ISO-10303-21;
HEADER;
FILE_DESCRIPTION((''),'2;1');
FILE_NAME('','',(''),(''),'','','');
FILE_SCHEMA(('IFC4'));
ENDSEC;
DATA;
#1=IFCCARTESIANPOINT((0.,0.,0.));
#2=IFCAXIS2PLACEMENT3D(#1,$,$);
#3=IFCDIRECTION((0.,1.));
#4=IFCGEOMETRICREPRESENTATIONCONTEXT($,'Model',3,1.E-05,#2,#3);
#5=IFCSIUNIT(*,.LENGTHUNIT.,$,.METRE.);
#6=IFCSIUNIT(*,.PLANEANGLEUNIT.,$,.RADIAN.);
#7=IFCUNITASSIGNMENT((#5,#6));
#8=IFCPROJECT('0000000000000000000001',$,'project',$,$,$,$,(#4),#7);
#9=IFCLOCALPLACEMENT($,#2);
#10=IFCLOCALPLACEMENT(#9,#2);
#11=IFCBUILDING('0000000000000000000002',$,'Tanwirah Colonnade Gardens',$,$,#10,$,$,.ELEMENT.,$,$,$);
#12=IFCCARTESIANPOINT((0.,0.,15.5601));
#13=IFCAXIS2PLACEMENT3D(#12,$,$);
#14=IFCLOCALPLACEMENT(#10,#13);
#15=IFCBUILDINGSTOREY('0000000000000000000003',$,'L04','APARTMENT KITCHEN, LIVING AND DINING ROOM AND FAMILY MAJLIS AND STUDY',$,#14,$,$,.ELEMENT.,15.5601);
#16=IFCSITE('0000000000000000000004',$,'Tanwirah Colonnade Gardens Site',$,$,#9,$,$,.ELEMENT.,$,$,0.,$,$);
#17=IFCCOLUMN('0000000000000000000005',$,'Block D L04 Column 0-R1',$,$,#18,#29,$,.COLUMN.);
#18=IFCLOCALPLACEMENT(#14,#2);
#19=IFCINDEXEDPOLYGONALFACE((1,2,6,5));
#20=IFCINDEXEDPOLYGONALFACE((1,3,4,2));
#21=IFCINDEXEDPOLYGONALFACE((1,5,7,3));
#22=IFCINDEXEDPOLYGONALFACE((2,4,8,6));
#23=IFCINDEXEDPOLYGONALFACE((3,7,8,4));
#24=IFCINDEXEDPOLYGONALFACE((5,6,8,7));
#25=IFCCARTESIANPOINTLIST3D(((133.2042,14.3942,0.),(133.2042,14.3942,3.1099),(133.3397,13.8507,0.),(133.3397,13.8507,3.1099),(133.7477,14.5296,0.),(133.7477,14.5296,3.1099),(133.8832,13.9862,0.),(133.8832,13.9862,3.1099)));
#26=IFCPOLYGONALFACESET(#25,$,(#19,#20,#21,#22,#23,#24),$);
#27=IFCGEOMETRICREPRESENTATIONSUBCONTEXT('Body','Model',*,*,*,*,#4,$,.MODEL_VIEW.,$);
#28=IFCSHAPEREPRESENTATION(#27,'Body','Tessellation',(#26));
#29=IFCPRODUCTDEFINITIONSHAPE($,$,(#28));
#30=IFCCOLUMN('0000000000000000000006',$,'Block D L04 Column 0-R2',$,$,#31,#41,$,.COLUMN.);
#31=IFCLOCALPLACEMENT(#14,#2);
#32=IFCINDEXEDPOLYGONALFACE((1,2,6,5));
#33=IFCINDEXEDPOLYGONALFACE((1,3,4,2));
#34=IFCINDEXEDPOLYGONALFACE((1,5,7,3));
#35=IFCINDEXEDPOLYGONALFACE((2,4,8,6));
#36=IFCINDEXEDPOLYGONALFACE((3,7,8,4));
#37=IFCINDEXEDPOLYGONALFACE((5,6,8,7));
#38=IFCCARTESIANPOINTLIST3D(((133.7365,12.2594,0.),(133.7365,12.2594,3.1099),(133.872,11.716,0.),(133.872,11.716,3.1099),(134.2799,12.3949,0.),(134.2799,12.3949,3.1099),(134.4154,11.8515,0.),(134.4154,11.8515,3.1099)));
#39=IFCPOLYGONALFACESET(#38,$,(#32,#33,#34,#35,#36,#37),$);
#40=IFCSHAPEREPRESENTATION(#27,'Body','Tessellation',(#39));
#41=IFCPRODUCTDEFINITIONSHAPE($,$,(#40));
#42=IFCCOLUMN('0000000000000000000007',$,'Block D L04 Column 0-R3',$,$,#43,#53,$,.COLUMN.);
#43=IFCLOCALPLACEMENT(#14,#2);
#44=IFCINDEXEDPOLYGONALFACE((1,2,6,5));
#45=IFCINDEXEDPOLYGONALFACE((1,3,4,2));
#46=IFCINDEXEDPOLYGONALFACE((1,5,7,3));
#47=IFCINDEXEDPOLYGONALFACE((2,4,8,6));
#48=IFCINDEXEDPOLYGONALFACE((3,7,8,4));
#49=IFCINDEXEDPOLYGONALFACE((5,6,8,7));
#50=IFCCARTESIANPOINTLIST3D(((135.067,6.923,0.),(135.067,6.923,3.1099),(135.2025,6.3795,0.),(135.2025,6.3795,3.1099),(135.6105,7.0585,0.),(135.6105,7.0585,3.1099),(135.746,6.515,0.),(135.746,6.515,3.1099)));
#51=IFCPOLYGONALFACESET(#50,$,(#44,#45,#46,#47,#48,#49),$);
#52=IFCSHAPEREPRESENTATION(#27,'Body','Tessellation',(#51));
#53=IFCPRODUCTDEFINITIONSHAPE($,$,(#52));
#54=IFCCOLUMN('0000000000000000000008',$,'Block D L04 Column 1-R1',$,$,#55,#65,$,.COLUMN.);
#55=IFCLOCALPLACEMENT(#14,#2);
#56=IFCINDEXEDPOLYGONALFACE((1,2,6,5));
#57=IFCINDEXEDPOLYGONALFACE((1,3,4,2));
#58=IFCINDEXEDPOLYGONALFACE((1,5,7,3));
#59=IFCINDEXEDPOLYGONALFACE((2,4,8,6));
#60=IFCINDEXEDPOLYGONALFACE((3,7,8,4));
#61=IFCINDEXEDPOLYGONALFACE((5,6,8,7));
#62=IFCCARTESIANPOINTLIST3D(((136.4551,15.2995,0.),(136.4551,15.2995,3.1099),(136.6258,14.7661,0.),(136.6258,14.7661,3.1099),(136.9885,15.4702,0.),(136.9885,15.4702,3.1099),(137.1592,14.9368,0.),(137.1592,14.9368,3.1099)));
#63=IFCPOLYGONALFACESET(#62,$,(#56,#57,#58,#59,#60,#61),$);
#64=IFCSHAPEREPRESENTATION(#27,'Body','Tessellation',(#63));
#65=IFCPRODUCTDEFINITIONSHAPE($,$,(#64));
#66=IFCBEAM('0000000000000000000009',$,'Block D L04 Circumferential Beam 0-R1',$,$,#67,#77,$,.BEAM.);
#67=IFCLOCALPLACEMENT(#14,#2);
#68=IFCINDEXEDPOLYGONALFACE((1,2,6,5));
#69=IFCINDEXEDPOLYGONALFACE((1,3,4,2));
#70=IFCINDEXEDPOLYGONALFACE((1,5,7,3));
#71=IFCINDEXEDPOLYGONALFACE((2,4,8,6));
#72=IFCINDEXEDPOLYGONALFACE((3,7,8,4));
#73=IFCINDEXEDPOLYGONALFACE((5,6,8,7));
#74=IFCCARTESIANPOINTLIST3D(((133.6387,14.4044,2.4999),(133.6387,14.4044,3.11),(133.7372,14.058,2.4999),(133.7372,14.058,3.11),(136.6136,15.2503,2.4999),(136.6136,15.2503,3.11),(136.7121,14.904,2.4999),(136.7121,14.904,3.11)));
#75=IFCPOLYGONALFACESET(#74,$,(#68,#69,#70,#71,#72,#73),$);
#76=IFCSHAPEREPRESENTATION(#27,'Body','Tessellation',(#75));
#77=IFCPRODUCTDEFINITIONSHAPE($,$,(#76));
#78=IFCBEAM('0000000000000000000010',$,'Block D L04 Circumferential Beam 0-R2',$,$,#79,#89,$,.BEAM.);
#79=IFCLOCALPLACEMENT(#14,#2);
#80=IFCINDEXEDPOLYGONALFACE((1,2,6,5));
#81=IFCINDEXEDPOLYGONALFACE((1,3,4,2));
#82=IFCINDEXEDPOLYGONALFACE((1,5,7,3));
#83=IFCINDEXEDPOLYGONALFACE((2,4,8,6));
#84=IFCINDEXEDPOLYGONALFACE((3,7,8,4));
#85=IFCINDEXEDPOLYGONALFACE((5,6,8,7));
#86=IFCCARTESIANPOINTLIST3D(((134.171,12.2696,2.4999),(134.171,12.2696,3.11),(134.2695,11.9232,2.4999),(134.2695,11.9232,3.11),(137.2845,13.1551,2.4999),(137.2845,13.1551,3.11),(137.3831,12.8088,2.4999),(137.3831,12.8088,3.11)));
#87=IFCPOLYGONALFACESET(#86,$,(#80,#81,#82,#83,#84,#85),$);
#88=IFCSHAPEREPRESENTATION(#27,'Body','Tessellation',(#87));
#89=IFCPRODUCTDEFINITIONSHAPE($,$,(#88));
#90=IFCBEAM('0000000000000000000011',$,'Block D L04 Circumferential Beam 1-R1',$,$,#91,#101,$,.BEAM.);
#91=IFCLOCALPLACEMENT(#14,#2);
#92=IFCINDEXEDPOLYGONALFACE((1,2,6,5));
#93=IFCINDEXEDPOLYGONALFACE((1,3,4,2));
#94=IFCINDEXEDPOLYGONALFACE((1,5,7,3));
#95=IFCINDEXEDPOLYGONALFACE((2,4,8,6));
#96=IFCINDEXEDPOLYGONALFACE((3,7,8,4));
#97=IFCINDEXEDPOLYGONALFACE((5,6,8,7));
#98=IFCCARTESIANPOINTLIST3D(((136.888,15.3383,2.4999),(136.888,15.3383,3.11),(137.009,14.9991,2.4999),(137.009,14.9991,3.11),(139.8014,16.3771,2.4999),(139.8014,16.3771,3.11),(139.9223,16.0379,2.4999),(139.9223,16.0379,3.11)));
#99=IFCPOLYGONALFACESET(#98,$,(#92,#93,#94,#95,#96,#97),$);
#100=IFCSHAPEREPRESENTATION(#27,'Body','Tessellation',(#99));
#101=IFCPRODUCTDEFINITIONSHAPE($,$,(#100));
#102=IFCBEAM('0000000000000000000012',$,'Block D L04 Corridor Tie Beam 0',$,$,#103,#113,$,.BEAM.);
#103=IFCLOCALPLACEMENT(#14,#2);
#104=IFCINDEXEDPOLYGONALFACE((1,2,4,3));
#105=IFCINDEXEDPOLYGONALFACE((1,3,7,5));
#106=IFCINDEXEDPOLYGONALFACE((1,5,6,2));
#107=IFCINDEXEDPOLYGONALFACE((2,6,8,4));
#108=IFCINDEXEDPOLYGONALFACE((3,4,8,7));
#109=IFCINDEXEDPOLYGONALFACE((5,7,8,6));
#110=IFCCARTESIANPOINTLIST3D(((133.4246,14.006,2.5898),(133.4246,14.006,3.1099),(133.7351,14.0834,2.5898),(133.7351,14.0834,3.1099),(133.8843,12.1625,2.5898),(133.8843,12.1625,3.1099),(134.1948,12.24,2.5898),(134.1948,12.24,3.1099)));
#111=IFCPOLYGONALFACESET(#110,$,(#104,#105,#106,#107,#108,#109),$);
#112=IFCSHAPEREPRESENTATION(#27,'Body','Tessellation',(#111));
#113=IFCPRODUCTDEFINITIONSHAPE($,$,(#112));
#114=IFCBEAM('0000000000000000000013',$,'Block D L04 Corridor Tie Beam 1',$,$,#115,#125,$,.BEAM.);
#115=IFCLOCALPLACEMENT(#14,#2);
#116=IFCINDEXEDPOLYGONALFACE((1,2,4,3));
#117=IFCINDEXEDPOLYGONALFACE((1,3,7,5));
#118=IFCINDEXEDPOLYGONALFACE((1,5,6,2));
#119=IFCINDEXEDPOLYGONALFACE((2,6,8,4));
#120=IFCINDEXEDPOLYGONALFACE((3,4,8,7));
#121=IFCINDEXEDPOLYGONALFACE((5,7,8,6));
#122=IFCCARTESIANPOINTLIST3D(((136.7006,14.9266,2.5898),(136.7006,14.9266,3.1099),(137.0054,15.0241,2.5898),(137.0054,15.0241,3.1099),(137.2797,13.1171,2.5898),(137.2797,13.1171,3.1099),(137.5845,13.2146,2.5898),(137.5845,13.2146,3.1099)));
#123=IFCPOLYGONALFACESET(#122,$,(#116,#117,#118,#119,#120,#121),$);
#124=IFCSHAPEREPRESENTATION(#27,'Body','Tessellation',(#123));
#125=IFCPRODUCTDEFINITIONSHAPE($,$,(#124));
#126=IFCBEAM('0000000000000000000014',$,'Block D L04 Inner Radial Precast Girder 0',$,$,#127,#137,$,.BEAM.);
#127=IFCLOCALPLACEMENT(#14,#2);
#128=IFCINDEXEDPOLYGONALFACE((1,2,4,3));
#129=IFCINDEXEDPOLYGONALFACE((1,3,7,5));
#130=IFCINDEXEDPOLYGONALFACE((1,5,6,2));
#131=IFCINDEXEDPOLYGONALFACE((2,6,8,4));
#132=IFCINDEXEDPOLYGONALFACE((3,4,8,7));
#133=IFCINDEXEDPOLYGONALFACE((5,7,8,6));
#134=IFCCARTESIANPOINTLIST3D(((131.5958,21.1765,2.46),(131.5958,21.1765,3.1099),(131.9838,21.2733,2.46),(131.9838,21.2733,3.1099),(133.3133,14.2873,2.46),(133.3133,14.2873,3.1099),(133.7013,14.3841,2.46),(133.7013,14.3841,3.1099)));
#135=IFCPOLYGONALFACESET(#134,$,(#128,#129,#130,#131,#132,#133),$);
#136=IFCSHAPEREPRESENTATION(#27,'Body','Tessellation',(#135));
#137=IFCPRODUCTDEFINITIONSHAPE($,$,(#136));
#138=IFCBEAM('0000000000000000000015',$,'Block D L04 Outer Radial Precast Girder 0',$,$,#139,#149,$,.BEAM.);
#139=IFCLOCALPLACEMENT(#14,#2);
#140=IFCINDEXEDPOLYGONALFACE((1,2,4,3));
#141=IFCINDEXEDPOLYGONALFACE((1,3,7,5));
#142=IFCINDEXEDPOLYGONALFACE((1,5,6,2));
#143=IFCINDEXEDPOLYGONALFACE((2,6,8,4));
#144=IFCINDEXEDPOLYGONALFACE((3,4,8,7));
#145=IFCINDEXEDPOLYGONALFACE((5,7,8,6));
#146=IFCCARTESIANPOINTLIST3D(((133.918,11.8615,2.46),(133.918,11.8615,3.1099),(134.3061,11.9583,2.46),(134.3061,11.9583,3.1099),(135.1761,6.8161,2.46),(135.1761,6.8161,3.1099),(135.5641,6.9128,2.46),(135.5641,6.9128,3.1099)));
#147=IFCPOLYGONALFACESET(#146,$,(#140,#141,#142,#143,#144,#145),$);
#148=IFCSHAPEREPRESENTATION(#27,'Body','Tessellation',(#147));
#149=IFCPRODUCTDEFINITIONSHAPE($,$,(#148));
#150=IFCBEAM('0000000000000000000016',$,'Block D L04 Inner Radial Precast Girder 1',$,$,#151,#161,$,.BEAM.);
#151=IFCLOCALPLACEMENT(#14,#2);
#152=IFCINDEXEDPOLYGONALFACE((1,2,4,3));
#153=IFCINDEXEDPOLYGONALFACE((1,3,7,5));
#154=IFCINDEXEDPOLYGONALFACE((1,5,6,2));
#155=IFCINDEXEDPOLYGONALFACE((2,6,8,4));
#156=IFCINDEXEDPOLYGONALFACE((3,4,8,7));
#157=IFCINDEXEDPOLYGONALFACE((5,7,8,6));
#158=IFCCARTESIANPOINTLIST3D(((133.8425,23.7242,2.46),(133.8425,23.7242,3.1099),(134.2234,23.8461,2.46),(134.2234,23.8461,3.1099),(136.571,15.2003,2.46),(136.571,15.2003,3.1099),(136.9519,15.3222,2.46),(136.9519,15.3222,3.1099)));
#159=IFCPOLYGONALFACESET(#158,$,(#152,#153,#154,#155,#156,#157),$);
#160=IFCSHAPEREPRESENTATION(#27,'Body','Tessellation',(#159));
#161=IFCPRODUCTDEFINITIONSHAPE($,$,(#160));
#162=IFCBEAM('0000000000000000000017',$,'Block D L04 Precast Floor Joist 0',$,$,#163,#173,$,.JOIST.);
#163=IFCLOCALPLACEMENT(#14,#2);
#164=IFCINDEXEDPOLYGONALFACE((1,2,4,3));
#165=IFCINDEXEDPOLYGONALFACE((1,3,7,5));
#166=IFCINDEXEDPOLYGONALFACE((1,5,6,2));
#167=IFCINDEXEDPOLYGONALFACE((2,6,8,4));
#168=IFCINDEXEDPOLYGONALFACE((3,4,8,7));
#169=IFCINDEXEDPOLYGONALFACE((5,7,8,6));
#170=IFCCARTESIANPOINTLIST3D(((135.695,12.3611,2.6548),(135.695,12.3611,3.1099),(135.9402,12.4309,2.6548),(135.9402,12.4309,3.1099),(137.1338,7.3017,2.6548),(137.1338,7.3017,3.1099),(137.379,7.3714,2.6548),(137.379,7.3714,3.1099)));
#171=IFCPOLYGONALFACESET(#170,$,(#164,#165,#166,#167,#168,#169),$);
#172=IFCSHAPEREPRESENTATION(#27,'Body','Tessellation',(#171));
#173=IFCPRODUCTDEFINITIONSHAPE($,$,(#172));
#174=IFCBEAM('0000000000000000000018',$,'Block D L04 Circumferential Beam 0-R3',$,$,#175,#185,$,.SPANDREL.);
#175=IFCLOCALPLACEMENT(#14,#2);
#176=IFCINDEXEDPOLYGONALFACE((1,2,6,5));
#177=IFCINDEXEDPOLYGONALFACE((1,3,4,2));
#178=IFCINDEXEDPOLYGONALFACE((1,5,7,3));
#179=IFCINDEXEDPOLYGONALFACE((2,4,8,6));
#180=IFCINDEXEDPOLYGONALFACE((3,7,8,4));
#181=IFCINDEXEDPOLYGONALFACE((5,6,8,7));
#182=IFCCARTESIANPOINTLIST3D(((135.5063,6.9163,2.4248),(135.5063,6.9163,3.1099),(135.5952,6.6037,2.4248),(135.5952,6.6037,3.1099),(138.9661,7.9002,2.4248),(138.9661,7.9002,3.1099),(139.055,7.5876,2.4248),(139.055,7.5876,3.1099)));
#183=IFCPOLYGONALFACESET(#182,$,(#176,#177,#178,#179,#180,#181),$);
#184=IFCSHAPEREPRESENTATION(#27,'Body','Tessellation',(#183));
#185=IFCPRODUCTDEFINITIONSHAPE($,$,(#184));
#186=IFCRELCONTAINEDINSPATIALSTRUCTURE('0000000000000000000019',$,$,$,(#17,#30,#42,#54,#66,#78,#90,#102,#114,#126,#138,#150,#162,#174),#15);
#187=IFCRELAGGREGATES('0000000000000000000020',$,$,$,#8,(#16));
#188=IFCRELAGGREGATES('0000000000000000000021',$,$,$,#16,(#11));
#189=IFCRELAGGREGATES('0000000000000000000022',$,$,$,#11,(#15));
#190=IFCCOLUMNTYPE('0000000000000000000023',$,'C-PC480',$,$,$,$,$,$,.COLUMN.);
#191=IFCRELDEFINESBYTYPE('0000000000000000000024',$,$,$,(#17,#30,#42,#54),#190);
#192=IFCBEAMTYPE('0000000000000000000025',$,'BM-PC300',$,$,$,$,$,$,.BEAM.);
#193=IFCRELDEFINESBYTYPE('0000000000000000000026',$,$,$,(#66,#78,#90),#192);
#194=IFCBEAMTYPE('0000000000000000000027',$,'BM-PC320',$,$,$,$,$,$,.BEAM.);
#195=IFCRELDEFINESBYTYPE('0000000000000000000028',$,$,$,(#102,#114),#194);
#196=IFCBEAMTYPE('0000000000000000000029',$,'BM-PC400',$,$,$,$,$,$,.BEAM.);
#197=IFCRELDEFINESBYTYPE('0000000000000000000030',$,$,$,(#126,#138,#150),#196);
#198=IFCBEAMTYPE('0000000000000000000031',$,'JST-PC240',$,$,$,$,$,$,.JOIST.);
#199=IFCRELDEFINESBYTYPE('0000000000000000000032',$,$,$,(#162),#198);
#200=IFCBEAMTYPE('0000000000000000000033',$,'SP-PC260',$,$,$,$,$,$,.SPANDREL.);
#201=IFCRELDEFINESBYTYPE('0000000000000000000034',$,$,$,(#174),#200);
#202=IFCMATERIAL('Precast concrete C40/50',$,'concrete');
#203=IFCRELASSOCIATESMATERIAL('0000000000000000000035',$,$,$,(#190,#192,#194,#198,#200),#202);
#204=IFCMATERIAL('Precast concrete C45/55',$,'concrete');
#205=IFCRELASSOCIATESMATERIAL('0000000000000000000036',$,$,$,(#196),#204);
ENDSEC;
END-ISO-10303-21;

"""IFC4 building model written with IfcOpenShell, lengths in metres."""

from ifc_helpers import new_model, si_unit, direction, frame, origin, origin_2d, place, context, subcontext, project, spatial, rectangle, extrude, material, material_profile, profile_set, type_object, element, save


model = new_model("IFC4")

# Units and contexts
model_context = context("Model", 3, precision=1e-05, world=origin(), true_north=direction((0.0, 1.0)))
body_context = subcontext(model_context, "Body", "Model", "MODEL_VIEW")
ifc_project = project(units=[si_unit("LENGTHUNIT", "METRE"), si_unit("PLANEANGLEUNIT", "RADIAN")], contexts=[model_context])

# Site, building, storey
site_placement = place(None, origin())
site = spatial("IfcSite", under=ifc_project, at=site_placement, Name="Tanwirah Colonnade Gardens Site", CompositionType="ELEMENT", RefElevation=0.0)
building_placement = place(site_placement, origin())
building = spatial("IfcBuilding", under=site, at=building_placement, Name="Tanwirah Colonnade Gardens", CompositionType="ELEMENT")
storey_placement = place(building_placement, frame((0.0, 0.0, 15.5601)))
storey = spatial("IfcBuildingStorey", under=building, at=storey_placement, Name="L04", Description="APARTMENT KITCHEN, LIVING AND DINING ROOM AND FAMILY MAJLIS AND STUDY", CompositionType="ELEMENT", Elevation=15.5601)

# Columns
ifc_material_1 = material(Name="Precast concrete C40/50", Category="concrete")
ifc_material_profile_1 = material_profile(ifc_material_1, rectangle(XDim=0.5601, YDim=0.5601, at=origin_2d()), Name="PC-COL 560x560")
ifc_profile_set_1 = profile_set([ifc_material_profile_1], Name="Precast concrete C40/50")
column_type = type_object("IfcColumnType", Name="C-PC480", PredefinedType="COLUMN", material=ifc_profile_set_1)
for number, where, z_axis, x_axis, name in (
    (1, (133.5437, 14.1902, 0.0), (0.0, 0.0, 1.0), (0.241922, -0.970296, 0.0), "Block D L04 Column 0-R1"),
    (2, (134.0759, 12.0554, 0.0), (0.0, 0.0, 1.0), (0.241922, -0.970296, 0.0), "Block D L04 Column 0-R2"),
    (3, (135.4065, 6.719, 0.0), (0.0, 0.0, 1.0), (0.241922, -0.970296, 0.0), "Block D L04 Column 0-R3"),
    (4, (136.8071, 15.1182, 0.0), (0.0, 0.0, 1.0), (0.304864, -0.952396, 0.0), "Block D L04 Column 1-R1"),
):
    element("IfcColumn", number, at=place(storey_placement, frame(where, z_axis=z_axis, x_axis=x_axis)), inside=storey, type_object=column_type, Name=name, PredefinedType="COLUMN", context=body_context, shape_type="SweptSolid", body=[
        extrude(rectangle(XDim=0.5601, YDim=0.5601, at=origin_2d()), origin(), (0.0, 0.0, 1.0), 3.1099),
    ])

# Beams
ifc_material_profile_2 = material_profile(ifc_material_1, rectangle(XDim=0.3601, YDim=0.6101, at=origin_2d()), Name="PC-BM 360x610")
ifc_profile_set_2 = profile_set([ifc_material_profile_2], Name="Precast concrete C40/50")
beam_type_1 = type_object("IfcBeamType", Name="BM-PC300", PredefinedType="BEAM", material=ifc_profile_set_2)
beam_1_placement = place(storey_placement, frame((133.688, 14.2312, 2.8049), z_axis=(0.961866, 0.273522, 0.0), x_axis=(-0.273522, 0.961866, 0.0)))
element("IfcBeam", 5, at=beam_1_placement, inside=storey, type_object=beam_type_1, Name="Block D L04 Circumferential Beam 0-R1", PredefinedType="BEAM", context=body_context, shape_type="SweptSolid", body=[
    extrude(rectangle(XDim=0.3601, YDim=0.6101, at=origin_2d()), origin(), (0.0, 0.0, 1.0), 3.0928),
])
beam_2_placement = place(storey_placement, frame((134.2202, 12.0964, 2.8049), z_axis=(0.961856, 0.273555, 0.0), x_axis=(-0.273555, 0.961856, 0.0)))
element("IfcBeam", 6, at=beam_2_placement, inside=storey, type_object=beam_type_1, Name="Block D L04 Circumferential Beam 0-R2", PredefinedType="BEAM", context=body_context, shape_type="SweptSolid", body=[
    extrude(rectangle(XDim=0.3601, YDim=0.6101, at=origin_2d()), origin(), (0.0, 0.0, 1.0), 3.2371),
])
beam_3_placement = place(storey_placement, frame((136.9485, 15.1687, 2.8049), z_axis=(0.941911, 0.335861, 0.0), x_axis=(-0.335861, 0.941911, 0.0)))
element("IfcBeam", 7, at=beam_3_placement, inside=storey, type_object=beam_type_1, Name="Block D L04 Circumferential Beam 1-R1", PredefinedType="BEAM", context=body_context, shape_type="SweptSolid", body=[
    extrude(rectangle(XDim=0.3601, YDim=0.6101, at=origin_2d()), origin(), (0.0, 0.0, 1.0), 3.093),
])
ifc_material_profile_3 = material_profile(ifc_material_1, rectangle(XDim=0.3201, YDim=0.52, at=origin_2d()), Name="PC-BM 320x520")
ifc_profile_set_3 = profile_set([ifc_material_profile_3], Name="Precast concrete C40/50")
beam_type_2 = type_object("IfcBeamType", Name="BM-PC320", PredefinedType="BEAM", material=ifc_profile_set_3)
for number, where, z_axis, x_axis, name in (
    (8, (133.5798, 14.0447, 2.8499), (0.241961, -0.970286, 0.0), (0.970286, 0.241961, 0.0), "Block D L04 Corridor Tie Beam 0"),
    (9, (136.853, 14.9753, 2.8499), (0.304794, -0.952418, 0.0), (0.952418, 0.304794, 0.0), "Block D L04 Corridor Tie Beam 1"),
):
    element("IfcBeam", number, at=place(storey_placement, frame(where, z_axis=z_axis, x_axis=x_axis)), inside=storey, type_object=beam_type_2, Name=name, PredefinedType="BEAM", context=body_context, shape_type="SweptSolid", body=[
        extrude(rectangle(XDim=0.3201, YDim=0.52, at=origin_2d()), origin(), (0.0, 0.0, 1.0), 1.8999),
    ])
ifc_material_2 = material(Name="Precast concrete C45/55", Category="concrete")
ifc_material_profile_4 = material_profile(ifc_material_2, rectangle(XDim=0.3999, YDim=0.6499, at=origin_2d()), Name="PC-BM 400x650")
ifc_profile_set_4 = profile_set([ifc_material_profile_4], Name="Precast concrete C45/55")
beam_type_3 = type_object("IfcBeamType", Name="BM-PC400", PredefinedType="BEAM", material=ifc_profile_set_4)
beam_4_placement = place(storey_placement, frame((133.5073, 14.3357, 2.7849), z_axis=(-0.241904, 0.9703, 0.0), x_axis=(-0.9703, -0.241904, 0.0)))
element("IfcBeam", 10, at=beam_4_placement, inside=storey, type_object=beam_type_3, Name="Block D L04 Inner Radial Precast Girder 0", PredefinedType="BEAM", context=body_context, shape_type="SweptSolid", body=[
    extrude(rectangle(XDim=0.3999, YDim=0.6499, at=origin_2d()), origin(), (0.0, 0.0, 1.0), 7.1001),
])
beam_5_placement = place(storey_placement, frame((134.1121, 11.9099, 2.7849), z_axis=(0.241939, -0.970291, 0.0), x_axis=(0.970291, 0.241939, 0.0)))
element("IfcBeam", 11, at=beam_5_placement, inside=storey, type_object=beam_type_3, Name="Block D L04 Outer Radial Precast Girder 0", PredefinedType="BEAM", context=body_context, shape_type="SweptSolid", body=[
    extrude(rectangle(XDim=0.3999, YDim=0.6499, at=origin_2d()), origin(), (0.0, 0.0, 1.0), 5.2),
])
beam_6_placement = place(storey_placement, frame((136.7615, 15.2612, 2.7849), z_axis=(-0.304863, 0.952396, 0.0), x_axis=(-0.952396, -0.304863, 0.0)))
element("IfcBeam", 12, at=beam_6_placement, inside=storey, type_object=beam_type_3, Name="Block D L04 Inner Radial Precast Girder 1", PredefinedType="BEAM", context=body_context, shape_type="SweptSolid", body=[
    extrude(rectangle(XDim=0.3999, YDim=0.6499, at=origin_2d()), origin(), (0.0, 0.0, 1.0), 8.95),
])
ifc_material_profile_5 = material_profile(ifc_material_1, rectangle(XDim=0.2549, YDim=0.4551, at=origin_2d()), Name="PC-JST 255x455")
ifc_profile_set_5 = profile_set([ifc_material_profile_5], Name="Precast concrete C40/50")
beam_type_4 = type_object("IfcBeamType", Name="JST-PC240", PredefinedType="JOIST", material=ifc_profile_set_5)
beam_7_placement = place(storey_placement, frame((135.8176, 12.396, 2.8823), z_axis=(0.273526, -0.961865, 0.0), x_axis=(0.961865, 0.273526, 0.0)))
element("IfcBeam", 13, at=beam_7_placement, inside=storey, type_object=beam_type_4, Name="Block D L04 Precast Floor Joist 0", PredefinedType="JOIST", context=body_context, shape_type="SweptSolid", body=[
    extrude(rectangle(XDim=0.2549, YDim=0.4551, at=origin_2d()), origin(), (0.0, 0.0, 1.0), 5.26),
])
ifc_material_profile_6 = material_profile(ifc_material_1, rectangle(XDim=0.325, YDim=0.6851, at=origin_2d()), Name="PC-SP 325x685")
ifc_profile_set_6 = profile_set([ifc_material_profile_6], Name="Precast concrete C40/50")
beam_type_5 = type_object("IfcBeamType", Name="SP-PC260", PredefinedType="SPANDREL", material=ifc_profile_set_6)
beam_8_placement = place(storey_placement, frame((135.5508, 6.76, 2.7673), z_axis=(0.961861, 0.273538, 0.0), x_axis=(-0.273538, 0.961861, 0.0)))
element("IfcBeam", 14, at=beam_8_placement, inside=storey, type_object=beam_type_5, Name="Block D L04 Circumferential Beam 0-R3", PredefinedType="SPANDREL", context=body_context, shape_type="SweptSolid", body=[
    extrude(rectangle(XDim=0.325, YDim=0.6851, at=origin_2d()), origin(), (0.0, 0.0, 1.0), 3.5969),
])

save(model, "model.ifc")
